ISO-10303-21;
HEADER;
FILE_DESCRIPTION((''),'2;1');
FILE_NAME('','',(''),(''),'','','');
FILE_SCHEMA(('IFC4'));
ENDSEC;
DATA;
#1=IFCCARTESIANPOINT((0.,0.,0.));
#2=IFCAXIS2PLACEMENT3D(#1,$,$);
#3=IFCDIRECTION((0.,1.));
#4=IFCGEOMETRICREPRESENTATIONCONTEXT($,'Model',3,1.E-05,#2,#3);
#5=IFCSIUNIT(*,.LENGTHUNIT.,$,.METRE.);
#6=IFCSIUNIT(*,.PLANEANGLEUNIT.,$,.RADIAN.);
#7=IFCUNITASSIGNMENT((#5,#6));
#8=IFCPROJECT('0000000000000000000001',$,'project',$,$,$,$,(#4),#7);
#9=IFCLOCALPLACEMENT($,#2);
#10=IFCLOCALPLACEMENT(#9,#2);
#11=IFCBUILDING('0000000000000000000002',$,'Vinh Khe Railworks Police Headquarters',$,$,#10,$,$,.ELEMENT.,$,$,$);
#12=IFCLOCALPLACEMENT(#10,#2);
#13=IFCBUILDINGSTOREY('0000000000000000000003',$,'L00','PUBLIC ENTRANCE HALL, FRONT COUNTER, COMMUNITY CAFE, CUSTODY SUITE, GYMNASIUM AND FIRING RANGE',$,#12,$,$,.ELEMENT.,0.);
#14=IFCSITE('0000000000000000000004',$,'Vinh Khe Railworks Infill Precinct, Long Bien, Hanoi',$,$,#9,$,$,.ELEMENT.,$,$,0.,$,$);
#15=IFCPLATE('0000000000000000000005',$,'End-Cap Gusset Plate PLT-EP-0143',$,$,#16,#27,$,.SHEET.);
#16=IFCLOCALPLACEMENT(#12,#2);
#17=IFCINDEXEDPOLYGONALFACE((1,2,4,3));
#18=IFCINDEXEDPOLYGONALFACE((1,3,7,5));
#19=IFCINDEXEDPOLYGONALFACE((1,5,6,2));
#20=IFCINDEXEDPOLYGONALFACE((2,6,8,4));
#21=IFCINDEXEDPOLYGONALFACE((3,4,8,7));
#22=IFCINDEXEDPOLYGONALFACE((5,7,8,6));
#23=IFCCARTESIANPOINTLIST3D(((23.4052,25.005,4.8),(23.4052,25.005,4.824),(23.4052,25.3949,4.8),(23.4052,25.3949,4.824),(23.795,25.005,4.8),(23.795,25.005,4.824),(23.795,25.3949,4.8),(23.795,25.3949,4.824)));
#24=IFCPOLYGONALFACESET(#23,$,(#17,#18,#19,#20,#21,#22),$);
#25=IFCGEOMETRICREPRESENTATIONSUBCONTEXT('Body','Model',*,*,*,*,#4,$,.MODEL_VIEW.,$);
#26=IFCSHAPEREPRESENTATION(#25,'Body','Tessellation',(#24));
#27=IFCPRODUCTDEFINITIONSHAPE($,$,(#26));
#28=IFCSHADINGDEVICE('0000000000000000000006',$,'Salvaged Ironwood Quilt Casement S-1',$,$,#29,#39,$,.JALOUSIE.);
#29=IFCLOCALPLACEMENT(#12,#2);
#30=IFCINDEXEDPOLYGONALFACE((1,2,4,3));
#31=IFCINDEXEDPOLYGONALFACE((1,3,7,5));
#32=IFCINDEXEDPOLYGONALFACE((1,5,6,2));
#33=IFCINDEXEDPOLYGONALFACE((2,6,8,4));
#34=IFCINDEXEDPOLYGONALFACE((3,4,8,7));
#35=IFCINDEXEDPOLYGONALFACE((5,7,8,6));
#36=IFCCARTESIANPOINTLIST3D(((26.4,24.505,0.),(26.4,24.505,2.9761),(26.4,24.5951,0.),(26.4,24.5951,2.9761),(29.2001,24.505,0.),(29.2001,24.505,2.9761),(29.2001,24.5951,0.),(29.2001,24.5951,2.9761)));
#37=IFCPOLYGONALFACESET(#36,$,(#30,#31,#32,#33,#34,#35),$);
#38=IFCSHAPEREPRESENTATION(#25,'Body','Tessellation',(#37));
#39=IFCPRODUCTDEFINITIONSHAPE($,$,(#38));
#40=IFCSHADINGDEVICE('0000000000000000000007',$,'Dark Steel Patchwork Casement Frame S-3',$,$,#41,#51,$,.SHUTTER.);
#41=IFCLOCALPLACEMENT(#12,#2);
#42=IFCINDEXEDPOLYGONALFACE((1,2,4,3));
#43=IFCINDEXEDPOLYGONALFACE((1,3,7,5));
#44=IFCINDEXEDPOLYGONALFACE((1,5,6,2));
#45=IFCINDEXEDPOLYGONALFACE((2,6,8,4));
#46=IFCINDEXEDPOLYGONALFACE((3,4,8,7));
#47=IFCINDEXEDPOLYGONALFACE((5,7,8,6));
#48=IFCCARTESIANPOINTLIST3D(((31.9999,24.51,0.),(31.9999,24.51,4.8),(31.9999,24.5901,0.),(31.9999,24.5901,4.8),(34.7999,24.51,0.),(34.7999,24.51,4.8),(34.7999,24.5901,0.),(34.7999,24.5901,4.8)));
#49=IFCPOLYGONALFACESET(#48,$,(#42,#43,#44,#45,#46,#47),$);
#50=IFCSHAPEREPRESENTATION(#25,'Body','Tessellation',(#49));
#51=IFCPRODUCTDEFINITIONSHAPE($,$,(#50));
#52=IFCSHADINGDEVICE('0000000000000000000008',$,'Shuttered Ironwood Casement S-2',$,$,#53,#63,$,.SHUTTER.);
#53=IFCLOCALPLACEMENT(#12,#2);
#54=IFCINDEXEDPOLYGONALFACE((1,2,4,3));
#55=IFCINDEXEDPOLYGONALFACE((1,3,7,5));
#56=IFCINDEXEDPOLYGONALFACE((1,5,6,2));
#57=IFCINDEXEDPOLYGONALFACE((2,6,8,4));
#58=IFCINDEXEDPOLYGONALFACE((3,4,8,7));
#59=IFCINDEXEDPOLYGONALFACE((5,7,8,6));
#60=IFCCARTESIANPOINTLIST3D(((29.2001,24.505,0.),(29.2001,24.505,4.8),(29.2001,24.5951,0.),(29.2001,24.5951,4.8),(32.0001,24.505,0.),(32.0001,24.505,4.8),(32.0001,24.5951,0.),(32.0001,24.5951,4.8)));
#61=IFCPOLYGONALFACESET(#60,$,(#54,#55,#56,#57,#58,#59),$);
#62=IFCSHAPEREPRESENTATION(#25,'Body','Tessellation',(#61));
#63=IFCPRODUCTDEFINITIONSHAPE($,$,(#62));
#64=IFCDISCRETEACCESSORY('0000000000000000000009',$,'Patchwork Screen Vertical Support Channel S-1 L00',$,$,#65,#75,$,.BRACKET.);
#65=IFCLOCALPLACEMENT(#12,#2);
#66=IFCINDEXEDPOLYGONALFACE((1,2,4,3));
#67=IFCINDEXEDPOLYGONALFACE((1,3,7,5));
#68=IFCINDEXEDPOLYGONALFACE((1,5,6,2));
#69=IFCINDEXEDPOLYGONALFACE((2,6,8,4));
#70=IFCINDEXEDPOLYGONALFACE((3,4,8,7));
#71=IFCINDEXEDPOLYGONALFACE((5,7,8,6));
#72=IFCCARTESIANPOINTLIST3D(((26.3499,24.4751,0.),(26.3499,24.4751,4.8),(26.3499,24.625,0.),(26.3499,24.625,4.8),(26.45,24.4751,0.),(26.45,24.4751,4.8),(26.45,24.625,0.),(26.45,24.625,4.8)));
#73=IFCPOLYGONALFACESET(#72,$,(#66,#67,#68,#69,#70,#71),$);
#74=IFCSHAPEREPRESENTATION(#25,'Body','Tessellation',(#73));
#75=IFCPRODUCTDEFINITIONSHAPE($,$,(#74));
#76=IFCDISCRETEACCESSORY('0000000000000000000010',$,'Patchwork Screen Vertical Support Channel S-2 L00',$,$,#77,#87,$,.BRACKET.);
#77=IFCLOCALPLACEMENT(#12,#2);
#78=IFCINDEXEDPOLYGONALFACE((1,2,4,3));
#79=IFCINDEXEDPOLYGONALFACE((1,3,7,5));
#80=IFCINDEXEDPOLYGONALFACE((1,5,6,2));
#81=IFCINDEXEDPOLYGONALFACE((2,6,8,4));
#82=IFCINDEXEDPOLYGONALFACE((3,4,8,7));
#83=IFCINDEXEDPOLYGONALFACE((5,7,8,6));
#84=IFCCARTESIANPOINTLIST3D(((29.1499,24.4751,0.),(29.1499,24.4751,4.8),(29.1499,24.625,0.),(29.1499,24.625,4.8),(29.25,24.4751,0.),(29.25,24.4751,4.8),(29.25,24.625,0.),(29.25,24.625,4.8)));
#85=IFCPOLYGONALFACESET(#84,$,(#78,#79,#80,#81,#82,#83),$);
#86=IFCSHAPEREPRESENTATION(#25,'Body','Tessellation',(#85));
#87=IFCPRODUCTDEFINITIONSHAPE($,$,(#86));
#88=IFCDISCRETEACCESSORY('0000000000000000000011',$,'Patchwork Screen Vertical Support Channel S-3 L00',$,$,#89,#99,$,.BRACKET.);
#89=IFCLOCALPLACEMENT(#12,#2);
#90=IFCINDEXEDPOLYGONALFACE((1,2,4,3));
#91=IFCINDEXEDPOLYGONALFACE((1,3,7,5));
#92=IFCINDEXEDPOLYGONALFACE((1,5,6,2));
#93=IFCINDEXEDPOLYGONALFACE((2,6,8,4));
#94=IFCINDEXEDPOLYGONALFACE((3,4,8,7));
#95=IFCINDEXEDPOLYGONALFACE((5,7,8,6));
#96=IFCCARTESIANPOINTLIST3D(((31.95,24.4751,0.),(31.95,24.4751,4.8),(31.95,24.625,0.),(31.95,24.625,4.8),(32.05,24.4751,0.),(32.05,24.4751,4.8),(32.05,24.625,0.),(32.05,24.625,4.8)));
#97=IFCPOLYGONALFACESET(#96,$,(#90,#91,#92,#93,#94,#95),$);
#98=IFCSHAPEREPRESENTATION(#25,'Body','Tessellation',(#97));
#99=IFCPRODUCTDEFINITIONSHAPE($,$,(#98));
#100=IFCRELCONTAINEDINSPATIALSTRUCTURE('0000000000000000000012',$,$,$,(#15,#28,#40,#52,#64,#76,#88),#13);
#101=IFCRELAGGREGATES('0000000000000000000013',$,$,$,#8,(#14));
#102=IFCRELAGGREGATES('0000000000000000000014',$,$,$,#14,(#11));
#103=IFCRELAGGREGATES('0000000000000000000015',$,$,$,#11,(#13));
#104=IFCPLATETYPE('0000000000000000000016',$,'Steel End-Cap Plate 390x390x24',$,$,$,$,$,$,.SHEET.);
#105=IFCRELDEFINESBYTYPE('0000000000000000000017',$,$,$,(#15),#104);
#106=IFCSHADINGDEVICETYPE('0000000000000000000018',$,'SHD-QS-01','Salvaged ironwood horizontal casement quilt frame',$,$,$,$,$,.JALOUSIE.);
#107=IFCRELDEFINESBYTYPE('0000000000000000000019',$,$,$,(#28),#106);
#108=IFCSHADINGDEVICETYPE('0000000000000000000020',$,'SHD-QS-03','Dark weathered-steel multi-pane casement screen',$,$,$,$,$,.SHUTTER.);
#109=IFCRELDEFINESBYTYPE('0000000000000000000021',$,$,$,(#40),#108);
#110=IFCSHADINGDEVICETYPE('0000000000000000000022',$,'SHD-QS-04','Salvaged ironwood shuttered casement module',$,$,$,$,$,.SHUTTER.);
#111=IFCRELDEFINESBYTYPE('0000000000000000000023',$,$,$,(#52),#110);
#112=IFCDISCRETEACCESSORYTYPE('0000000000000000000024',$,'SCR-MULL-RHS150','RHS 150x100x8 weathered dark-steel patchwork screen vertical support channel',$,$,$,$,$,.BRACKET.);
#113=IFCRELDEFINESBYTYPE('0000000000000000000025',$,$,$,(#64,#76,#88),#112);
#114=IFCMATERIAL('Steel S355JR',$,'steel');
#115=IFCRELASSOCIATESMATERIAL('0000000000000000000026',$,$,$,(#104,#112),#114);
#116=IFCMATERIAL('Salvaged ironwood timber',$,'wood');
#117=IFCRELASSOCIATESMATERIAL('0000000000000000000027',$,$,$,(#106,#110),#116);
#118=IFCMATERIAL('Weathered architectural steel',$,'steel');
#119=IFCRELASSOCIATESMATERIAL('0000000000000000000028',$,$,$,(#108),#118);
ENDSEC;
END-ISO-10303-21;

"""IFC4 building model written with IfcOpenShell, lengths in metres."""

from ifc_helpers import new_model, si_unit, direction, frame, origin, origin_2d, place, context, subcontext, project, spatial, rectangle, extrude, material, material_profile, profile_set, type_object, element, save


model = new_model("IFC4")

# Units and contexts
model_context = context("Model", 3, precision=1e-05, world=origin(), true_north=direction((0.0, 1.0)))
body_context = subcontext(model_context, "Body", "Model", "MODEL_VIEW")
ifc_project = project(units=[si_unit("LENGTHUNIT", "METRE"), si_unit("PLANEANGLEUNIT", "RADIAN")], contexts=[model_context])

# Site, building, storey
site_placement = place(None, origin())
site = spatial("IfcSite", under=ifc_project, at=site_placement, Name="Vinh Khe Railworks Infill Precinct, Long Bien, Hanoi", CompositionType="ELEMENT", RefElevation=0.0)
building_placement = place(site_placement, origin())
building = spatial("IfcBuilding", under=site, at=building_placement, Name="Vinh Khe Railworks Police Headquarters", CompositionType="ELEMENT")
storey_placement = place(building_placement, origin())
storey = spatial("IfcBuildingStorey", under=building, at=storey_placement, Name="L00", Description="PUBLIC ENTRANCE HALL, FRONT COUNTER, COMMUNITY CAFE, CUSTODY SUITE, GYMNASIUM AND FIRING RANGE", CompositionType="ELEMENT", Elevation=0.0)

# Shared definitions
ifc_material_1 = material(Name="Steel S355JR", Category="steel")

# Shared definitions
ifc_material_2 = material(Name="Salvaged ironwood timber", Category="wood")

# Plate
ifc_material_3 = material(Name="Weathered architectural steel", Category="steel")
ifc_material_profile_1 = material_profile(ifc_material_1, rectangle(XDim=0.3899, YDim=0.3899, at=origin_2d()), Name="PL 390x390")
ifc_profile_set_1 = profile_set([ifc_material_profile_1], Name="Steel S355JR")
plate_type_1 = type_object("IfcPlateType", Name="Steel End-Cap Plate 390x390x24", PredefinedType="SHEET", material=ifc_profile_set_1)
for number, where, z_axis, x_axis, name in (
    (1, (23.6001, 25.2, 4.8), (0.0, 0.0, 1.0), (1.0, 0.0, 0.0), "End-Cap Gusset Plate PLT-EP-0143"),
):
    element("IfcPlate", number, at=place(storey_placement, frame(where, z_axis=z_axis, x_axis=x_axis)), inside=storey, type_object=plate_type_1, Name=name, PredefinedType="SHEET", context=body_context, shape_type="SweptSolid", body=[
        extrude(rectangle(XDim=0.3899, YDim=0.3899, at=origin_2d()), origin(), (0.0, 0.0, 1.0), 0.0239),
    ])

# Shading devices
shading_device_type_1 = type_object("IfcShadingDeviceType", Name="SHD-QS-01", Description="Salvaged ironwood horizontal casement quilt frame", PredefinedType="JALOUSIE", material=ifc_material_2)
shading_device_1_placement = place(storey_placement, frame((27.8, 24.55, 0.0), z_axis=(0.0, 0.0, 1.0), x_axis=(1.0, 0.0, 0.0)))
element("IfcShadingDevice", 2, at=shading_device_1_placement, inside=storey, type_object=shading_device_type_1, Name="Salvaged Ironwood Quilt Casement S-1", PredefinedType="JALOUSIE", context=body_context, shape_type="SweptSolid", body=[
    extrude(rectangle(XDim=2.8, YDim=0.0901, at=origin_2d()), origin(), (0.0, 0.0, 1.0), 2.9761),
])
shading_device_type_2 = type_object("IfcShadingDeviceType", Name="SHD-QS-03", Description="Dark weathered-steel multi-pane casement screen", PredefinedType="SHUTTER", material=ifc_material_3)
shading_device_2_placement = place(storey_placement, frame((33.3999, 24.55, 0.0), z_axis=(0.0, 0.0, 1.0), x_axis=(1.0, 0.0, 0.0)))
element("IfcShadingDevice", 3, at=shading_device_2_placement, inside=storey, type_object=shading_device_type_2, Name="Dark Steel Patchwork Casement Frame S-3", PredefinedType="SHUTTER", context=body_context, shape_type="SweptSolid", body=[
    extrude(rectangle(XDim=2.8, YDim=0.0801, at=origin_2d()), origin(), (0.0, 0.0, 1.0), 4.8),
])
shading_device_type_3 = type_object("IfcShadingDeviceType", Name="SHD-QS-04", Description="Salvaged ironwood shuttered casement module", PredefinedType="SHUTTER", material=ifc_material_2)
shading_device_3_placement = place(storey_placement, frame((30.6001, 24.55, 0.0), z_axis=(0.0, 0.0, 1.0), x_axis=(1.0, 0.0, 0.0)))
element("IfcShadingDevice", 4, at=shading_device_3_placement, inside=storey, type_object=shading_device_type_3, Name="Shuttered Ironwood Casement S-2", PredefinedType="SHUTTER", context=body_context, shape_type="SweptSolid", body=[
    extrude(rectangle(XDim=2.8, YDim=0.0901, at=origin_2d()), origin(), (0.0, 0.0, 1.0), 4.8),
])

# Discrete accessories
discrete_accessory_type = type_object("IfcDiscreteAccessoryType", Name="SCR-MULL-RHS150", Description="RHS 150x100x8 weathered dark-steel patchwork screen vertical support channel", PredefinedType="BRACKET", material=ifc_material_1)
for number, where, z_axis, x_axis, name in (
    (5, (26.3999, 24.55, 0.0), (0.0, 0.0, 1.0), (1.0, 0.0, 0.0), "Patchwork Screen Vertical Support Channel S-1 L00"),
    (6, (29.2, 24.55, 0.0), (0.0, 0.0, 1.0), (1.0, 0.0, 0.0), "Patchwork Screen Vertical Support Channel S-2 L00"),
    (7, (32.0, 24.55, 0.0), (0.0, 0.0, 1.0), (1.0, 0.0, 0.0), "Patchwork Screen Vertical Support Channel S-3 L00"),
):
    element("IfcDiscreteAccessory", number, at=place(storey_placement, frame(where, z_axis=z_axis, x_axis=x_axis)), inside=storey, type_object=discrete_accessory_type, Name=name, PredefinedType="BRACKET", context=body_context, shape_type="SweptSolid", body=[
        extrude(rectangle(XDim=0.1001, YDim=0.1499, at=origin_2d()), origin(), (0.0, 0.0, 1.0), 4.8),
    ])

save(model, "model.ifc")
